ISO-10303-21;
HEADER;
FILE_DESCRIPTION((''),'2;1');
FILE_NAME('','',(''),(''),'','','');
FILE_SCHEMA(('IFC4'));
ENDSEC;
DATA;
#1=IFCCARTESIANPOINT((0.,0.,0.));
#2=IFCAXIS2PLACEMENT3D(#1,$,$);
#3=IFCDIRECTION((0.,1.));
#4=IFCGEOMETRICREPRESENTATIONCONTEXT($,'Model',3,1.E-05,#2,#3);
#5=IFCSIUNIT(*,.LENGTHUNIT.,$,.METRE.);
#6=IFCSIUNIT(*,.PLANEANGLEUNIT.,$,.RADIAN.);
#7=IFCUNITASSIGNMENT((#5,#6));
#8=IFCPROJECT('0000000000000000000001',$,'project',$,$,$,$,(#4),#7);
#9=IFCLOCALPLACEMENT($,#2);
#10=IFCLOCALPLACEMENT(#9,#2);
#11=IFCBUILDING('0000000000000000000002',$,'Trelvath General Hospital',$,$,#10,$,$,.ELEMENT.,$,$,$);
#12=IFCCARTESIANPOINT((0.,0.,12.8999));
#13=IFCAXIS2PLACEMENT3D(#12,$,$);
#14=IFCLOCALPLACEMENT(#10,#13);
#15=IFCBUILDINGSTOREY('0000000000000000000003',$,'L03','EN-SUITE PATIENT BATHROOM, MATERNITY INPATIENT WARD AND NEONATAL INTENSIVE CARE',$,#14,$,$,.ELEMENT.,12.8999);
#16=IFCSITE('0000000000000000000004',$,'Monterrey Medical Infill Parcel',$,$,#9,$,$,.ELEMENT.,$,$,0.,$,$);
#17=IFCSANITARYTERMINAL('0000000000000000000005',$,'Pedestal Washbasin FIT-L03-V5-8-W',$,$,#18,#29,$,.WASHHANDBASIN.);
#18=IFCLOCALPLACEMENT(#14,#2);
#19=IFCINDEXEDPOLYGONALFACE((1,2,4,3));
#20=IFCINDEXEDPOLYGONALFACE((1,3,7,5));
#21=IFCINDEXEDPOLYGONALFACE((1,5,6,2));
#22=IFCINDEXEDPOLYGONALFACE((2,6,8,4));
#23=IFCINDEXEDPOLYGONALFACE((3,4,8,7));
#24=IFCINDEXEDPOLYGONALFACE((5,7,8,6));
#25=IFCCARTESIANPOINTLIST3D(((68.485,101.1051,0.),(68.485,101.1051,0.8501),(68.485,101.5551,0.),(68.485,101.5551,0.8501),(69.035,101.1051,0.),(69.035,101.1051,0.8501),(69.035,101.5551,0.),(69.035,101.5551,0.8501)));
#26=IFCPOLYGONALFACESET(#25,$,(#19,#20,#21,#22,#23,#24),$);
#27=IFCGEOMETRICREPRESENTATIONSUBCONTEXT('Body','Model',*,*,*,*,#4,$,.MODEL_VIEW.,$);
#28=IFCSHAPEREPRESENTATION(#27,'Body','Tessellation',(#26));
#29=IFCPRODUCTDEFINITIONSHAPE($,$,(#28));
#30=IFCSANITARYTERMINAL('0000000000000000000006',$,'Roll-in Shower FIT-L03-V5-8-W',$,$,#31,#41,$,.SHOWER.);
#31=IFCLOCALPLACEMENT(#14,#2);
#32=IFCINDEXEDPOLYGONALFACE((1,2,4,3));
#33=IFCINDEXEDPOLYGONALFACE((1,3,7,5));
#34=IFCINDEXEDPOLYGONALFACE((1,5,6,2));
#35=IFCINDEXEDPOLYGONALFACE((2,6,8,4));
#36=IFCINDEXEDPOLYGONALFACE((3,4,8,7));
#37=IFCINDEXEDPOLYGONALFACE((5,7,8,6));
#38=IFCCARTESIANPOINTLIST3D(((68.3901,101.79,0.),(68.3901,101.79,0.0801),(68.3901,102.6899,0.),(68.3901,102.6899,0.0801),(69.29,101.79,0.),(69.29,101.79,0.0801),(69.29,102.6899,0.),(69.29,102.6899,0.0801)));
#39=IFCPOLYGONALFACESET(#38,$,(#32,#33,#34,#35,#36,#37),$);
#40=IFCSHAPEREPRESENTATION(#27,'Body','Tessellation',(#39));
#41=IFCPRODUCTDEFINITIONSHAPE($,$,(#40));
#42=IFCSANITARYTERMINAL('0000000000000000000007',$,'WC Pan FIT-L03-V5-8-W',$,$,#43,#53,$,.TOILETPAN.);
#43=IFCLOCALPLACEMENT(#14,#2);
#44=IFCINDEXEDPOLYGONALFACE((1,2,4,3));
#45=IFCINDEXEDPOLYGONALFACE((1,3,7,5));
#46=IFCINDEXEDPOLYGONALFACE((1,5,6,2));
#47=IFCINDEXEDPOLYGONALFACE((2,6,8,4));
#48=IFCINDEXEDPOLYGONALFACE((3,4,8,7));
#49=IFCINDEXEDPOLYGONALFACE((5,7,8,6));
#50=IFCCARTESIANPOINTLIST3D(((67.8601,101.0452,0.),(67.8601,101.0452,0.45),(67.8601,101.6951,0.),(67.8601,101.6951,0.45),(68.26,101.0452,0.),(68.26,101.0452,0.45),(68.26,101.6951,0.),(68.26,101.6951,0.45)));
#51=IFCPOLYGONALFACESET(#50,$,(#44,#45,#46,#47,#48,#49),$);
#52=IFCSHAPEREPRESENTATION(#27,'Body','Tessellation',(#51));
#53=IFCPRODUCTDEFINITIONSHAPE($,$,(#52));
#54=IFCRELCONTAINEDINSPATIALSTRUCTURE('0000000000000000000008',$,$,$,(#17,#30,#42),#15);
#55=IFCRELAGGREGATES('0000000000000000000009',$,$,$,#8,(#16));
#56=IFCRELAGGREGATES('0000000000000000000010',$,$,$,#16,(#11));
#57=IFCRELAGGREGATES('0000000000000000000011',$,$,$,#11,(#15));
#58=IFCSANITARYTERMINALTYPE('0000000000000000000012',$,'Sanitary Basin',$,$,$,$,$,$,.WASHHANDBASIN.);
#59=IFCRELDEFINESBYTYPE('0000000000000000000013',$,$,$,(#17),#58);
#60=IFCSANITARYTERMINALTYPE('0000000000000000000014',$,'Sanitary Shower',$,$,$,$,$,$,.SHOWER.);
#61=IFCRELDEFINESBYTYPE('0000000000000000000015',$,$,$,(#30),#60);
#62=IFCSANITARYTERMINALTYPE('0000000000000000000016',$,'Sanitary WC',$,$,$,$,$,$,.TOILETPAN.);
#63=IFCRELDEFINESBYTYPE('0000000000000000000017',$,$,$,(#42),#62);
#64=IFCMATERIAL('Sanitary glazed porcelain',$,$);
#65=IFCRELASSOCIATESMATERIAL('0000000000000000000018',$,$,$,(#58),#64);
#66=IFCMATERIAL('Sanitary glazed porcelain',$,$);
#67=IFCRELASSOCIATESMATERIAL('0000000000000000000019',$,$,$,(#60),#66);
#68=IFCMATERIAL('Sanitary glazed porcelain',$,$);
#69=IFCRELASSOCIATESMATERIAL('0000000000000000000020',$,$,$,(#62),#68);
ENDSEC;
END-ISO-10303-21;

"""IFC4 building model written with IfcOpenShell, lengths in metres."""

from ifc_helpers import new_model, si_unit, direction, frame, origin, origin_2d, place, context, subcontext, project, spatial, rectangle, extrude, material, type_object, element, save


model = new_model("IFC4")

# Units and contexts
model_context = context("Model", 3, precision=1e-05, world=origin(), true_north=direction((0.0, 1.0)))
body_context = subcontext(model_context, "Body", "Model", "MODEL_VIEW")
ifc_project = project(units=[si_unit("LENGTHUNIT", "METRE"), si_unit("PLANEANGLEUNIT", "RADIAN")], contexts=[model_context])

# Site, building, storey
site_placement = place(None, origin())
site = spatial("IfcSite", under=ifc_project, at=site_placement, Name="Monterrey Medical Infill Parcel", CompositionType="ELEMENT", RefElevation=0.0)
building_placement = place(site_placement, origin())
building = spatial("IfcBuilding", under=site, at=building_placement, Name="Trelvath General Hospital", CompositionType="ELEMENT")
storey_placement = place(building_placement, frame((0.0, 0.0, 12.8999)))
storey = spatial("IfcBuildingStorey", under=building, at=storey_placement, Name="L03", Description="EN-SUITE PATIENT BATHROOM, MATERNITY INPATIENT WARD AND NEONATAL INTENSIVE CARE", CompositionType="ELEMENT", Elevation=12.8999)

# Sanitary terminals
ifc_material_1 = material(Name="Sanitary glazed porcelain")
sanitary_terminal_type_1 = type_object("IfcSanitaryTerminalType", Name="Sanitary Basin", PredefinedType="WASHHANDBASIN", material=ifc_material_1)
sanitary_terminal_1_placement = place(storey_placement, frame((68.76, 101.3301, 0.0), z_axis=(0.0, 0.0, 1.0), x_axis=(1.0, 0.0, 0.0)))
element("IfcSanitaryTerminal", 1, at=sanitary_terminal_1_placement, inside=storey, type_object=sanitary_terminal_type_1, Name="Pedestal Washbasin FIT-L03-V5-8-W", PredefinedType="WASHHANDBASIN", context=body_context, shape_type="SweptSolid", body=[
    extrude(rectangle(XDim=0.55, YDim=0.45, at=origin_2d()), origin(), (0.0, 0.0, 1.0), 0.8501),
])
ifc_material_2 = material(Name="Sanitary glazed porcelain")
sanitary_terminal_type_2 = type_object("IfcSanitaryTerminalType", Name="Sanitary Shower", PredefinedType="SHOWER", material=ifc_material_2)
sanitary_terminal_2_placement = place(storey_placement, frame((68.8401, 102.24, 0.0), z_axis=(0.0, 0.0, 1.0), x_axis=(1.0, 0.0, 0.0)))
element("IfcSanitaryTerminal", 2, at=sanitary_terminal_2_placement, inside=storey, type_object=sanitary_terminal_type_2, Name="Roll-in Shower FIT-L03-V5-8-W", PredefinedType="SHOWER", context=body_context, shape_type="SweptSolid", body=[
    extrude(rectangle(XDim=0.8999, YDim=0.8999, at=origin_2d()), origin(), (0.0, 0.0, 1.0), 0.0801),
])
ifc_material_3 = material(Name="Sanitary glazed porcelain")
sanitary_terminal_type_3 = type_object("IfcSanitaryTerminalType", Name="Sanitary WC", PredefinedType="TOILETPAN", material=ifc_material_3)
sanitary_terminal_3_placement = place(storey_placement, frame((68.0601, 101.3701, 0.0), z_axis=(0.0, 0.0, 1.0), x_axis=(1.0, 0.0, 0.0)))
element("IfcSanitaryTerminal", 3, at=sanitary_terminal_3_placement, inside=storey, type_object=sanitary_terminal_type_3, Name="WC Pan FIT-L03-V5-8-W", PredefinedType="TOILETPAN", context=body_context, shape_type="SweptSolid", body=[
    extrude(rectangle(XDim=0.3999, YDim=0.6499, at=origin_2d()), origin(), (0.0, 0.0, 1.0), 0.45),
])

save(model, "model.ifc")
